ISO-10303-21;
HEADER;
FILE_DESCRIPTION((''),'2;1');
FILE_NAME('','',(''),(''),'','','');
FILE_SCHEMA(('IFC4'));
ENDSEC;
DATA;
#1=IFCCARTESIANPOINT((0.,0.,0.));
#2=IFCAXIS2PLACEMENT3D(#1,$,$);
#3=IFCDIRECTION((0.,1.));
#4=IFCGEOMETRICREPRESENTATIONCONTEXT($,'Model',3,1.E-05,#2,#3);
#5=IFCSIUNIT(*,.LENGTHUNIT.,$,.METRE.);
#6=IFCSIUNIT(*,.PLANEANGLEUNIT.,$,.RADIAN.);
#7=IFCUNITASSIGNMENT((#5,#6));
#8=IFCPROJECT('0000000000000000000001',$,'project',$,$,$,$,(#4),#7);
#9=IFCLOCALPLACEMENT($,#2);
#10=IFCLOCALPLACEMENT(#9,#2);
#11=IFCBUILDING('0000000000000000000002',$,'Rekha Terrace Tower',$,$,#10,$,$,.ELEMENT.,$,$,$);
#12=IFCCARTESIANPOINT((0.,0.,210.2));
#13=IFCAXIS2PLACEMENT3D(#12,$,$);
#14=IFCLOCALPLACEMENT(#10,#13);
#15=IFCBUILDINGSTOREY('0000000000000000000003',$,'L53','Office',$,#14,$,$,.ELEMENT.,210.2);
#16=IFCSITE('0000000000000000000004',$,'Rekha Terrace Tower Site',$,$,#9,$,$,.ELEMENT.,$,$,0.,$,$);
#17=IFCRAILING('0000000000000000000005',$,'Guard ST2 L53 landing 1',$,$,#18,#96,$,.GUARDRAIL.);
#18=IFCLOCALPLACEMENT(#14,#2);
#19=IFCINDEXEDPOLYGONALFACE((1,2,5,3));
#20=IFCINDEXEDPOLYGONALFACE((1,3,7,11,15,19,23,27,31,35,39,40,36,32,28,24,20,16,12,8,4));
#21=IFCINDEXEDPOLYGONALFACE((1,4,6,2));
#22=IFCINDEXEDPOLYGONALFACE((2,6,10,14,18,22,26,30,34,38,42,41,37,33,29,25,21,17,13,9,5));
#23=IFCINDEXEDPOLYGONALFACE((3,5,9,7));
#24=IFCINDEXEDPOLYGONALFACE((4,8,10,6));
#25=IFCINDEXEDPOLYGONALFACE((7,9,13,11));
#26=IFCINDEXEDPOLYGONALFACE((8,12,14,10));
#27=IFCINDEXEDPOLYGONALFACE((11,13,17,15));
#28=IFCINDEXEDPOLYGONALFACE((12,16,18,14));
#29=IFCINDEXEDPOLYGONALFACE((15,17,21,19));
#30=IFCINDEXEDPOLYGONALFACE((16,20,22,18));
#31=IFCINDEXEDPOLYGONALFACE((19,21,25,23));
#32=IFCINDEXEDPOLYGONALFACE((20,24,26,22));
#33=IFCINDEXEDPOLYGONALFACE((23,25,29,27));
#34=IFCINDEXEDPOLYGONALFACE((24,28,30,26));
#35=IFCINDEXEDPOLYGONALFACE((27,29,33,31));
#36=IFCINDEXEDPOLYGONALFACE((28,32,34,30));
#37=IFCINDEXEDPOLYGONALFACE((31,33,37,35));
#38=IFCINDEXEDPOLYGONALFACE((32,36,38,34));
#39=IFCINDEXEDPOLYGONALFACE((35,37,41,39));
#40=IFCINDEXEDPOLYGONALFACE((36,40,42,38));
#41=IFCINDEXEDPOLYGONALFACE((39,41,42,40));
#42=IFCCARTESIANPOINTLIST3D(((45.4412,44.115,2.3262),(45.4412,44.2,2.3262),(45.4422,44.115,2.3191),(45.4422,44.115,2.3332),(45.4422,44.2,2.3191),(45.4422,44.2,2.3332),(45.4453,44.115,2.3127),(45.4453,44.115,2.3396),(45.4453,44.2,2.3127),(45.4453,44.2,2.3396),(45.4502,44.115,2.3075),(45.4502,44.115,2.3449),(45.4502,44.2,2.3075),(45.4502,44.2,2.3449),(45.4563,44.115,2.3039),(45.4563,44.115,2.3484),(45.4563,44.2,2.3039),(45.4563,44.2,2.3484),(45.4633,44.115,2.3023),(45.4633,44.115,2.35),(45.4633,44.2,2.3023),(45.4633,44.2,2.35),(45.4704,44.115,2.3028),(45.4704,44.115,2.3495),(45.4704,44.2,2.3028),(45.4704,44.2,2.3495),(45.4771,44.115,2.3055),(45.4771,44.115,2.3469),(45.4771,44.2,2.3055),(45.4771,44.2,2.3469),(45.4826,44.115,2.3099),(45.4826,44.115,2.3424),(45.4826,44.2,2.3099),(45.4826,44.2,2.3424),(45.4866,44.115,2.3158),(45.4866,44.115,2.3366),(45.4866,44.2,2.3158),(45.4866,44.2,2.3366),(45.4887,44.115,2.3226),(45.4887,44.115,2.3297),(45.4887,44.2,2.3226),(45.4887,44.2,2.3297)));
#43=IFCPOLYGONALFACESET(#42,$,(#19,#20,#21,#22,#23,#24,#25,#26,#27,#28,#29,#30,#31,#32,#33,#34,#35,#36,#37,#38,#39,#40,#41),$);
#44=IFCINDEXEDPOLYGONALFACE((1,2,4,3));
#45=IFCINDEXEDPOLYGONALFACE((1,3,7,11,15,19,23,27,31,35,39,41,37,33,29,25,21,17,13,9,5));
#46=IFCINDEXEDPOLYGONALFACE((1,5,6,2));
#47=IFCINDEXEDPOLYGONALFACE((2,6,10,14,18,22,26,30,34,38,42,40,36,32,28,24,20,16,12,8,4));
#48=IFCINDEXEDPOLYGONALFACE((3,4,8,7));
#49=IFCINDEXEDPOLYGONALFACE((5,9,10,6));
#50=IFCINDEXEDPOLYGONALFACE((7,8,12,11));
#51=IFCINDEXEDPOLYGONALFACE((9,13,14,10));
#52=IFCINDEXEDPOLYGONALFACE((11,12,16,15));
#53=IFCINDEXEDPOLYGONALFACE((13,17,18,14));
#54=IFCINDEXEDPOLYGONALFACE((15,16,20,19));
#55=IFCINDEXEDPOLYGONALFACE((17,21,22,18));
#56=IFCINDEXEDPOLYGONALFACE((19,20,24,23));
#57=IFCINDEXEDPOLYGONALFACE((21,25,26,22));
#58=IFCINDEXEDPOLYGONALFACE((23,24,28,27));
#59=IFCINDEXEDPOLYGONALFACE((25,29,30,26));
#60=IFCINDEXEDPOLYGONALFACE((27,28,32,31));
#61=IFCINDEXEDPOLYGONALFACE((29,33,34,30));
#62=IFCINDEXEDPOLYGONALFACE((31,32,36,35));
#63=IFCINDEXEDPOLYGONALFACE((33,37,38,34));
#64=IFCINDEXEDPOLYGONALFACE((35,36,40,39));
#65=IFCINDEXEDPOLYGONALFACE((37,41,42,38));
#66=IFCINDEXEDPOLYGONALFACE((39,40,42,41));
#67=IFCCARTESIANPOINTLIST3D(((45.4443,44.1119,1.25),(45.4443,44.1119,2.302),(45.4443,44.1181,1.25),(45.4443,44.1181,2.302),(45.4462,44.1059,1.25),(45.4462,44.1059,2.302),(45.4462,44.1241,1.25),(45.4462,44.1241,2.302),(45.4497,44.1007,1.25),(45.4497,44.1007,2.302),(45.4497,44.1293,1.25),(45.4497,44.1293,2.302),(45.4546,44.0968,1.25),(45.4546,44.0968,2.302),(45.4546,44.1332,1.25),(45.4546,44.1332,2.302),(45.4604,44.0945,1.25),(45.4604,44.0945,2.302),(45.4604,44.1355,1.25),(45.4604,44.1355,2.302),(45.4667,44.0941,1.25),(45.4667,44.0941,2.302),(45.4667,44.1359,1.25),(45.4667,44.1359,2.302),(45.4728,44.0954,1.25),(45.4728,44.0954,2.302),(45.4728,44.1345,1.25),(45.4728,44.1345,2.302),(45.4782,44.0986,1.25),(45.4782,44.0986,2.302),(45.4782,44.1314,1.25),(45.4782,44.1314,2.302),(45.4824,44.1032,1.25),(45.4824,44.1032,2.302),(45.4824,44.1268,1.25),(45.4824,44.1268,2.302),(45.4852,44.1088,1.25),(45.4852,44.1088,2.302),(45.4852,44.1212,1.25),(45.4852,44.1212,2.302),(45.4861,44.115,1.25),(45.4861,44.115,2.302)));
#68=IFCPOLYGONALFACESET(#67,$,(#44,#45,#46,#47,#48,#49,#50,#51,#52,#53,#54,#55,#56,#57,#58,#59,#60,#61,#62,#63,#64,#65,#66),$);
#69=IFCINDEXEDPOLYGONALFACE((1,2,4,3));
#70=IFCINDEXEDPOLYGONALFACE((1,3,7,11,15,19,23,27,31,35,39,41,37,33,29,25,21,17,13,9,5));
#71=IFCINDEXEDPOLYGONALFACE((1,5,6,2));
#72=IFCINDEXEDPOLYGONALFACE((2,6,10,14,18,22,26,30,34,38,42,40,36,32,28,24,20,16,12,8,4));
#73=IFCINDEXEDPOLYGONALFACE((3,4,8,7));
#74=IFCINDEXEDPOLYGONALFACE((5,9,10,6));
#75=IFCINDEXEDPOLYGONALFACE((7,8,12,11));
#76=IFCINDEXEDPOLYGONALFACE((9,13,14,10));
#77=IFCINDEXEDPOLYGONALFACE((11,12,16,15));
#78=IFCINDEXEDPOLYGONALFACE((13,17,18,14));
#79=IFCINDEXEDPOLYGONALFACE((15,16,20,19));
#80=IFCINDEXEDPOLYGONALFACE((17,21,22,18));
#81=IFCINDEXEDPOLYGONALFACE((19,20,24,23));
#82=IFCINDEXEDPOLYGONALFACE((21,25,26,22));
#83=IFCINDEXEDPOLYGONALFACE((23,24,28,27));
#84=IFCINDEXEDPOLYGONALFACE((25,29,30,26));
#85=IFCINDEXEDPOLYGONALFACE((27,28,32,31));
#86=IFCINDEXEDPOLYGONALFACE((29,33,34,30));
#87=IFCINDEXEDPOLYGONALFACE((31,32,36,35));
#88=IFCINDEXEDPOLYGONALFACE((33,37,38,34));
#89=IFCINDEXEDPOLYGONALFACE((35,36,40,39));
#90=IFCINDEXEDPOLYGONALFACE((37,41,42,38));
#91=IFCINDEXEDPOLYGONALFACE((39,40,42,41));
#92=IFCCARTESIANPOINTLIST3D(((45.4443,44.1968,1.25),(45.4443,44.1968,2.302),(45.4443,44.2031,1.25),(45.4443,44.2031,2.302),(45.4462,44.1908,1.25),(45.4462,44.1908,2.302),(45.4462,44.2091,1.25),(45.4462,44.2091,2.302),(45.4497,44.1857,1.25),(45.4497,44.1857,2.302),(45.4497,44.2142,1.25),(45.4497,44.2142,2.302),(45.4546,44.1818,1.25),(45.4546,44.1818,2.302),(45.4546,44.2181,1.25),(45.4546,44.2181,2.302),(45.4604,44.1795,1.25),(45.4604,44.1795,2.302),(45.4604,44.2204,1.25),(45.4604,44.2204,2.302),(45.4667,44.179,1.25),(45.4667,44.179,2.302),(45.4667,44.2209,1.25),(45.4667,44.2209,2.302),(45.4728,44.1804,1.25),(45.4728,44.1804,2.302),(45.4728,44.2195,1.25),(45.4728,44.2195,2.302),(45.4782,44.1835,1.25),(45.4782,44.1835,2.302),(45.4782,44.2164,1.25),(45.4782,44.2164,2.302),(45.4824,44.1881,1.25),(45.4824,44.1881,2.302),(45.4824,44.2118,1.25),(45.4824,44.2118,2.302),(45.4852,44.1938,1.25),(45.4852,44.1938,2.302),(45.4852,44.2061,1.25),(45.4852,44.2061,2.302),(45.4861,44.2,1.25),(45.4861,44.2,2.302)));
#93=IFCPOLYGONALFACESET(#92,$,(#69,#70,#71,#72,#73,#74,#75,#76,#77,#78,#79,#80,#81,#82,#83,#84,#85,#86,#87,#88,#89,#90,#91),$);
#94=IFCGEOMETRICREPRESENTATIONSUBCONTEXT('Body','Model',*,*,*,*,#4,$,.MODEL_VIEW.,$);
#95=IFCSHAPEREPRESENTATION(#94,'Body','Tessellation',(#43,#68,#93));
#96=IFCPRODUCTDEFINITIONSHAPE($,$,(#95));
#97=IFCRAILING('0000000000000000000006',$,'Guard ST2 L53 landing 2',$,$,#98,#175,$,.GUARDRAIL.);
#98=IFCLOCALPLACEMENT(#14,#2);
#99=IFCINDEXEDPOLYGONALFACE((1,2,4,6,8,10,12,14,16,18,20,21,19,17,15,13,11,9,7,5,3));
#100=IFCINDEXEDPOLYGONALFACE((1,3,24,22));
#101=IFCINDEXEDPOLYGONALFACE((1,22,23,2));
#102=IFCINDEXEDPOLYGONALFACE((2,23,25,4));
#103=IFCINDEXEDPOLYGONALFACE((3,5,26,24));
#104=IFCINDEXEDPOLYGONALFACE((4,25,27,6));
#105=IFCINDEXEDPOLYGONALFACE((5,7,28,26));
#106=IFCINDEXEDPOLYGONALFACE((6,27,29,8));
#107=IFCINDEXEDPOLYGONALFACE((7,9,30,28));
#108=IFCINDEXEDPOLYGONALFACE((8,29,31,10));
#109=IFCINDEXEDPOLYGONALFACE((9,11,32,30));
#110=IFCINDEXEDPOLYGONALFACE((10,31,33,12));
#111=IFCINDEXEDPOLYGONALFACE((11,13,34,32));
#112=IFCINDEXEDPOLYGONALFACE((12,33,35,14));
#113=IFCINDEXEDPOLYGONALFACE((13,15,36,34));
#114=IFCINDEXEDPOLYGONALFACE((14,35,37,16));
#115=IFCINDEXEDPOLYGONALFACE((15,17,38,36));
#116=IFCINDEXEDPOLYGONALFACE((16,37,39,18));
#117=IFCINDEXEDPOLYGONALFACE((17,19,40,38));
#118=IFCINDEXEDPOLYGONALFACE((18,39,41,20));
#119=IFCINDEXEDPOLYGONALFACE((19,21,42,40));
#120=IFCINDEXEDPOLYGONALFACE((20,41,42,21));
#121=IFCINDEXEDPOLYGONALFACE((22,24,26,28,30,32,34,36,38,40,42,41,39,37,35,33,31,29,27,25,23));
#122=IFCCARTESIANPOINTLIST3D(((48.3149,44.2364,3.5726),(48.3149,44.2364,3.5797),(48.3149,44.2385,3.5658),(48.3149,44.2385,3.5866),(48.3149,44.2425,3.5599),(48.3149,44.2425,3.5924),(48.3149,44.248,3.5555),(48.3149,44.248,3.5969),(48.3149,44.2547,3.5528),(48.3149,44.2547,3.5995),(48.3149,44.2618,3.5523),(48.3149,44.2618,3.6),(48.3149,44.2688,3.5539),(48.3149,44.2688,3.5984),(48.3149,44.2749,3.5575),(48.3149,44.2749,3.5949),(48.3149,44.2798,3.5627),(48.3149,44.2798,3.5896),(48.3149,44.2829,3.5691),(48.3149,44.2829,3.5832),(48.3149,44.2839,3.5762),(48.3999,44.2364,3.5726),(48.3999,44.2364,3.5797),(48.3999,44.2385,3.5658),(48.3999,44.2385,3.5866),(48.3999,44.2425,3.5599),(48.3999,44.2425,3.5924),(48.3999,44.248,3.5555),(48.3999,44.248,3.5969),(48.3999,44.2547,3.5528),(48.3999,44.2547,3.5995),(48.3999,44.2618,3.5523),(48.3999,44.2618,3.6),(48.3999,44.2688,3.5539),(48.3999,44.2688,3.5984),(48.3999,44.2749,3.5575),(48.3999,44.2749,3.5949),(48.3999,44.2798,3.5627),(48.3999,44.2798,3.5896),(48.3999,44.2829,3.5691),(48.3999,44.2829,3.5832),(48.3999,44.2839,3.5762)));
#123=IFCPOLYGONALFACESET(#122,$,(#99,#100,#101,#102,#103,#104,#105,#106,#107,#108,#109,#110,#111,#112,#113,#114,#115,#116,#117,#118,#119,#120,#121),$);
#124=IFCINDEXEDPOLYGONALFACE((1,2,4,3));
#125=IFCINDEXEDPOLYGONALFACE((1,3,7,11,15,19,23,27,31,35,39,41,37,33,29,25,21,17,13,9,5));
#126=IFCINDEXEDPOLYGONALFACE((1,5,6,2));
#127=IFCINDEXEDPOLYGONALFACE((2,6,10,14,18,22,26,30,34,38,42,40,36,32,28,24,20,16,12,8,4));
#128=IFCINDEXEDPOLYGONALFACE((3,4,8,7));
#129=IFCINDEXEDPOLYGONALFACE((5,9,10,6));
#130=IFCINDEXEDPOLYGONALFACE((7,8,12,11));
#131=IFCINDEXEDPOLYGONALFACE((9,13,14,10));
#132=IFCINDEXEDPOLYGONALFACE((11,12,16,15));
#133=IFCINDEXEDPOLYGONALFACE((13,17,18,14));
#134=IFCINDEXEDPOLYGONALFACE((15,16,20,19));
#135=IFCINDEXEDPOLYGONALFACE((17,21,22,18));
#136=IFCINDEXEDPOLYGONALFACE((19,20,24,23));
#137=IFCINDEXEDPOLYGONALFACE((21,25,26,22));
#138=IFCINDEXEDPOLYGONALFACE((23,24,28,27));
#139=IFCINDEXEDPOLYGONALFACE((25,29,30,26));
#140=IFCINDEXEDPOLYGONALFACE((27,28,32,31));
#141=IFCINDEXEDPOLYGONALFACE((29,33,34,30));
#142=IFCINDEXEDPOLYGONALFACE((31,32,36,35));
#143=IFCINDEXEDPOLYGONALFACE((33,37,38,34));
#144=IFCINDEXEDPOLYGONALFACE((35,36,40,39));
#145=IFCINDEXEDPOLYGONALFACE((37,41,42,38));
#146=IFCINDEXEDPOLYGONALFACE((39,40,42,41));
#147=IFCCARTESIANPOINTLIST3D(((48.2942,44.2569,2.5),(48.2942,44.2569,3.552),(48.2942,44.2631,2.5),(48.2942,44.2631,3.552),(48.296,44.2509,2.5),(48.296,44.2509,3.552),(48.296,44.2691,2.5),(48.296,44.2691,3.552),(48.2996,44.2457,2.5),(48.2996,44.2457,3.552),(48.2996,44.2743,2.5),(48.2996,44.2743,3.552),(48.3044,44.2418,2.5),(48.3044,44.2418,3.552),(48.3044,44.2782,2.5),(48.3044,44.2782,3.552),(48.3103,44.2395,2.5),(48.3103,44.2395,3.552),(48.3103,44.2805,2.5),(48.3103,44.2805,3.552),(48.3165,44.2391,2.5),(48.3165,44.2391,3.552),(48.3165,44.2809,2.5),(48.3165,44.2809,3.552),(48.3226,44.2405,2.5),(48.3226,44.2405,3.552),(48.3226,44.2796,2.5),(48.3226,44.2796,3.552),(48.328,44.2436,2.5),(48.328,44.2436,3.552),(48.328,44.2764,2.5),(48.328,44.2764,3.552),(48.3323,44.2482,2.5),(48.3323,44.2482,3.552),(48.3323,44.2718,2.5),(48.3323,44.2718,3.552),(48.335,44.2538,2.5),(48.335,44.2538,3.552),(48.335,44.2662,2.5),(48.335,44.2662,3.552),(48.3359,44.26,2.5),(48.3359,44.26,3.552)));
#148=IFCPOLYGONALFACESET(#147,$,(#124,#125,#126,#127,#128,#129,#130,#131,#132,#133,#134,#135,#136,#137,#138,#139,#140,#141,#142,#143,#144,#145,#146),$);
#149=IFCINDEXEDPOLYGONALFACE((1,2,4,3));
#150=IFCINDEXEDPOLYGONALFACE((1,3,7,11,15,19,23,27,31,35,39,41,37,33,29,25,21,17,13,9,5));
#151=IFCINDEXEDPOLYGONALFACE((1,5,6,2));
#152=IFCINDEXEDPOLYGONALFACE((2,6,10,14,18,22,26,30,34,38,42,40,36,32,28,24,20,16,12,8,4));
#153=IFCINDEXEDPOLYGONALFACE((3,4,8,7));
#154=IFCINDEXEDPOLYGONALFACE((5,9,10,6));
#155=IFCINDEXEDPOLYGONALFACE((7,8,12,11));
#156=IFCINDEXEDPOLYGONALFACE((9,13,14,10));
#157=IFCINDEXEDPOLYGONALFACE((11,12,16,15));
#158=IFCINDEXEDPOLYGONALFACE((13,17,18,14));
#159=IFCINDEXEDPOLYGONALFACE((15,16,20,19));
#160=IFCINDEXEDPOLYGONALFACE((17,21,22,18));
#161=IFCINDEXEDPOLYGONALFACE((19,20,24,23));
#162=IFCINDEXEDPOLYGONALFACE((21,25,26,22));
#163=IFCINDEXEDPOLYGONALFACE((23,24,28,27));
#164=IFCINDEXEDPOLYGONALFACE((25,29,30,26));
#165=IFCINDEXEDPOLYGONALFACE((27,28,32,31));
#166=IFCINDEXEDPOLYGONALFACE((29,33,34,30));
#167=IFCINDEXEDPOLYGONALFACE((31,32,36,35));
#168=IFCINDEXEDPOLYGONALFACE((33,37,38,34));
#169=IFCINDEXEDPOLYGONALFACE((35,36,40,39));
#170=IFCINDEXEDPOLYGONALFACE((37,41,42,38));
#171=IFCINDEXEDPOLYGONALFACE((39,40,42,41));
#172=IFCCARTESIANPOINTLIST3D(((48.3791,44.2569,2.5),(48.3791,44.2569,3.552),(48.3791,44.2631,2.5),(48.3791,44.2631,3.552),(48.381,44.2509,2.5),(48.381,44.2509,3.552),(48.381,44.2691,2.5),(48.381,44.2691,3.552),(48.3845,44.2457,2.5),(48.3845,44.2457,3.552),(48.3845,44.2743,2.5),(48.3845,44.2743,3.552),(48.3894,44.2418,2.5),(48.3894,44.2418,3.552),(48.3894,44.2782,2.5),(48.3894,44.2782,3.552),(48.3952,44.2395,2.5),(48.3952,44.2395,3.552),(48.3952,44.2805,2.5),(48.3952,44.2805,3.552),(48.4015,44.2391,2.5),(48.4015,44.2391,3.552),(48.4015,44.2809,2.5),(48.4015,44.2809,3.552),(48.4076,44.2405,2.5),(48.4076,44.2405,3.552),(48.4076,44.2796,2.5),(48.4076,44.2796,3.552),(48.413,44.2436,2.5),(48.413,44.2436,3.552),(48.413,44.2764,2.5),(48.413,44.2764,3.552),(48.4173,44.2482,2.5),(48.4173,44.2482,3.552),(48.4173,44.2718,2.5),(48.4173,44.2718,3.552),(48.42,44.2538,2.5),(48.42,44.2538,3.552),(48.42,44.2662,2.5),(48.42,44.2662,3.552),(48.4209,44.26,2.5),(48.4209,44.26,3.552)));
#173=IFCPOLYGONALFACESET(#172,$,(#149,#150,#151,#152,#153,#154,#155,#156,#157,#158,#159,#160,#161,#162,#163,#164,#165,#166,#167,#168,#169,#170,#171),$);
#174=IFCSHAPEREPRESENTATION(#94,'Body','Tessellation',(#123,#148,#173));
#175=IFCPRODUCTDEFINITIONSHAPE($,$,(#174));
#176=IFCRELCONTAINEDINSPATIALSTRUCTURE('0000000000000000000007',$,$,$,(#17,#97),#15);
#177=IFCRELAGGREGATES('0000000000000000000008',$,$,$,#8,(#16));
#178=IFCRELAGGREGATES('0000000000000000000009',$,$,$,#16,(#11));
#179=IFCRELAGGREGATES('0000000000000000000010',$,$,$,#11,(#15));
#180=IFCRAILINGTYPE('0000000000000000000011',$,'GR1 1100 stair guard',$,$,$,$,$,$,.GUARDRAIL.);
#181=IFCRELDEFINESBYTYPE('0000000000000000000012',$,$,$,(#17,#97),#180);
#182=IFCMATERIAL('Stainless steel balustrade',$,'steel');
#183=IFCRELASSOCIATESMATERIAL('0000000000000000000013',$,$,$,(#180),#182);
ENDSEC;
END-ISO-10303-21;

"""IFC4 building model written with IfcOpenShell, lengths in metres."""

from ifc_helpers import new_model, si_unit, direction, frame, origin, origin_2d, place, context, subcontext, project, spatial, circle, extrude, material, type_object, element, save


model = new_model("IFC4")

# Units and contexts
model_context = context("Model", 3, precision=1e-05, world=origin(), true_north=direction((0.0, 1.0)))
body_context = subcontext(model_context, "Body", "Model", "MODEL_VIEW")
ifc_project = project(units=[si_unit("LENGTHUNIT", "METRE"), si_unit("PLANEANGLEUNIT", "RADIAN")], contexts=[model_context])

# Site, building, storey
site_placement = place(None, origin())
site = spatial("IfcSite", under=ifc_project, at=site_placement, Name="Rekha Terrace Tower Site", CompositionType="ELEMENT", RefElevation=0.0)
building_placement = place(site_placement, origin())
building = spatial("IfcBuilding", under=site, at=building_placement, Name="Rekha Terrace Tower", CompositionType="ELEMENT")
storey_placement = place(building_placement, frame((0.0, 0.0, 210.2)))
storey = spatial("IfcBuildingStorey", under=building, at=storey_placement, Name="L53", Description="Office", CompositionType="ELEMENT", Elevation=210.2)

# Railings
ifc_material_1 = material(Name="Stainless steel balustrade", Category="steel")
railing_type_1 = type_object("IfcRailingType", Name="GR1 1100 stair guard", PredefinedType="GUARDRAIL", material=ifc_material_1)
railing_1_placement = place(storey_placement, frame((45.4651, 44.115, 1.25)))
element("IfcRailing", 1, at=railing_1_placement, inside=storey, type_object=railing_type_1, Name="Guard ST2 L53 landing 1", PredefinedType="GUARDRAIL", context=body_context, shape_type="SweptSolid", body=[
    extrude(circle(Radius=0.0239, at=origin_2d()), frame((0.0, 0.0, 1.0762), z_axis=(0.0, 1.0, 0.0), x_axis=(-1.0, 0.0, 0.0)), (0.0, 0.0, 1.0), 0.085),
    extrude(circle(Radius=0.021, at=origin_2d()), origin(), (0.0, 0.0, 1.0), 1.052),
    extrude(circle(Radius=0.021, at=origin_2d()), frame((0.0, 0.085, 0.0)), (0.0, 0.0, 1.0), 1.052),
])
railing_2_placement = place(storey_placement, frame((48.3149, 44.26, 2.5)))
element("IfcRailing", 2, at=railing_2_placement, inside=storey, type_object=railing_type_1, Name="Guard ST2 L53 landing 2", PredefinedType="GUARDRAIL", context=body_context, shape_type="SweptSolid", body=[
    extrude(circle(Radius=0.0239, at=origin_2d()), frame((0.0, 0.0, 1.0762), z_axis=(1.0, 0.0, 0.0), x_axis=(0.0, 1.0, 0.0)), (0.0, 0.0, 1.0), 0.085),
    extrude(circle(Radius=0.021, at=origin_2d()), origin(), (0.0, 0.0, 1.0), 1.052),
    extrude(circle(Radius=0.021, at=origin_2d()), frame((0.085, 0.0, 0.0)), (0.0, 0.0, 1.0), 1.052),
])

save(model, "model.ifc")
